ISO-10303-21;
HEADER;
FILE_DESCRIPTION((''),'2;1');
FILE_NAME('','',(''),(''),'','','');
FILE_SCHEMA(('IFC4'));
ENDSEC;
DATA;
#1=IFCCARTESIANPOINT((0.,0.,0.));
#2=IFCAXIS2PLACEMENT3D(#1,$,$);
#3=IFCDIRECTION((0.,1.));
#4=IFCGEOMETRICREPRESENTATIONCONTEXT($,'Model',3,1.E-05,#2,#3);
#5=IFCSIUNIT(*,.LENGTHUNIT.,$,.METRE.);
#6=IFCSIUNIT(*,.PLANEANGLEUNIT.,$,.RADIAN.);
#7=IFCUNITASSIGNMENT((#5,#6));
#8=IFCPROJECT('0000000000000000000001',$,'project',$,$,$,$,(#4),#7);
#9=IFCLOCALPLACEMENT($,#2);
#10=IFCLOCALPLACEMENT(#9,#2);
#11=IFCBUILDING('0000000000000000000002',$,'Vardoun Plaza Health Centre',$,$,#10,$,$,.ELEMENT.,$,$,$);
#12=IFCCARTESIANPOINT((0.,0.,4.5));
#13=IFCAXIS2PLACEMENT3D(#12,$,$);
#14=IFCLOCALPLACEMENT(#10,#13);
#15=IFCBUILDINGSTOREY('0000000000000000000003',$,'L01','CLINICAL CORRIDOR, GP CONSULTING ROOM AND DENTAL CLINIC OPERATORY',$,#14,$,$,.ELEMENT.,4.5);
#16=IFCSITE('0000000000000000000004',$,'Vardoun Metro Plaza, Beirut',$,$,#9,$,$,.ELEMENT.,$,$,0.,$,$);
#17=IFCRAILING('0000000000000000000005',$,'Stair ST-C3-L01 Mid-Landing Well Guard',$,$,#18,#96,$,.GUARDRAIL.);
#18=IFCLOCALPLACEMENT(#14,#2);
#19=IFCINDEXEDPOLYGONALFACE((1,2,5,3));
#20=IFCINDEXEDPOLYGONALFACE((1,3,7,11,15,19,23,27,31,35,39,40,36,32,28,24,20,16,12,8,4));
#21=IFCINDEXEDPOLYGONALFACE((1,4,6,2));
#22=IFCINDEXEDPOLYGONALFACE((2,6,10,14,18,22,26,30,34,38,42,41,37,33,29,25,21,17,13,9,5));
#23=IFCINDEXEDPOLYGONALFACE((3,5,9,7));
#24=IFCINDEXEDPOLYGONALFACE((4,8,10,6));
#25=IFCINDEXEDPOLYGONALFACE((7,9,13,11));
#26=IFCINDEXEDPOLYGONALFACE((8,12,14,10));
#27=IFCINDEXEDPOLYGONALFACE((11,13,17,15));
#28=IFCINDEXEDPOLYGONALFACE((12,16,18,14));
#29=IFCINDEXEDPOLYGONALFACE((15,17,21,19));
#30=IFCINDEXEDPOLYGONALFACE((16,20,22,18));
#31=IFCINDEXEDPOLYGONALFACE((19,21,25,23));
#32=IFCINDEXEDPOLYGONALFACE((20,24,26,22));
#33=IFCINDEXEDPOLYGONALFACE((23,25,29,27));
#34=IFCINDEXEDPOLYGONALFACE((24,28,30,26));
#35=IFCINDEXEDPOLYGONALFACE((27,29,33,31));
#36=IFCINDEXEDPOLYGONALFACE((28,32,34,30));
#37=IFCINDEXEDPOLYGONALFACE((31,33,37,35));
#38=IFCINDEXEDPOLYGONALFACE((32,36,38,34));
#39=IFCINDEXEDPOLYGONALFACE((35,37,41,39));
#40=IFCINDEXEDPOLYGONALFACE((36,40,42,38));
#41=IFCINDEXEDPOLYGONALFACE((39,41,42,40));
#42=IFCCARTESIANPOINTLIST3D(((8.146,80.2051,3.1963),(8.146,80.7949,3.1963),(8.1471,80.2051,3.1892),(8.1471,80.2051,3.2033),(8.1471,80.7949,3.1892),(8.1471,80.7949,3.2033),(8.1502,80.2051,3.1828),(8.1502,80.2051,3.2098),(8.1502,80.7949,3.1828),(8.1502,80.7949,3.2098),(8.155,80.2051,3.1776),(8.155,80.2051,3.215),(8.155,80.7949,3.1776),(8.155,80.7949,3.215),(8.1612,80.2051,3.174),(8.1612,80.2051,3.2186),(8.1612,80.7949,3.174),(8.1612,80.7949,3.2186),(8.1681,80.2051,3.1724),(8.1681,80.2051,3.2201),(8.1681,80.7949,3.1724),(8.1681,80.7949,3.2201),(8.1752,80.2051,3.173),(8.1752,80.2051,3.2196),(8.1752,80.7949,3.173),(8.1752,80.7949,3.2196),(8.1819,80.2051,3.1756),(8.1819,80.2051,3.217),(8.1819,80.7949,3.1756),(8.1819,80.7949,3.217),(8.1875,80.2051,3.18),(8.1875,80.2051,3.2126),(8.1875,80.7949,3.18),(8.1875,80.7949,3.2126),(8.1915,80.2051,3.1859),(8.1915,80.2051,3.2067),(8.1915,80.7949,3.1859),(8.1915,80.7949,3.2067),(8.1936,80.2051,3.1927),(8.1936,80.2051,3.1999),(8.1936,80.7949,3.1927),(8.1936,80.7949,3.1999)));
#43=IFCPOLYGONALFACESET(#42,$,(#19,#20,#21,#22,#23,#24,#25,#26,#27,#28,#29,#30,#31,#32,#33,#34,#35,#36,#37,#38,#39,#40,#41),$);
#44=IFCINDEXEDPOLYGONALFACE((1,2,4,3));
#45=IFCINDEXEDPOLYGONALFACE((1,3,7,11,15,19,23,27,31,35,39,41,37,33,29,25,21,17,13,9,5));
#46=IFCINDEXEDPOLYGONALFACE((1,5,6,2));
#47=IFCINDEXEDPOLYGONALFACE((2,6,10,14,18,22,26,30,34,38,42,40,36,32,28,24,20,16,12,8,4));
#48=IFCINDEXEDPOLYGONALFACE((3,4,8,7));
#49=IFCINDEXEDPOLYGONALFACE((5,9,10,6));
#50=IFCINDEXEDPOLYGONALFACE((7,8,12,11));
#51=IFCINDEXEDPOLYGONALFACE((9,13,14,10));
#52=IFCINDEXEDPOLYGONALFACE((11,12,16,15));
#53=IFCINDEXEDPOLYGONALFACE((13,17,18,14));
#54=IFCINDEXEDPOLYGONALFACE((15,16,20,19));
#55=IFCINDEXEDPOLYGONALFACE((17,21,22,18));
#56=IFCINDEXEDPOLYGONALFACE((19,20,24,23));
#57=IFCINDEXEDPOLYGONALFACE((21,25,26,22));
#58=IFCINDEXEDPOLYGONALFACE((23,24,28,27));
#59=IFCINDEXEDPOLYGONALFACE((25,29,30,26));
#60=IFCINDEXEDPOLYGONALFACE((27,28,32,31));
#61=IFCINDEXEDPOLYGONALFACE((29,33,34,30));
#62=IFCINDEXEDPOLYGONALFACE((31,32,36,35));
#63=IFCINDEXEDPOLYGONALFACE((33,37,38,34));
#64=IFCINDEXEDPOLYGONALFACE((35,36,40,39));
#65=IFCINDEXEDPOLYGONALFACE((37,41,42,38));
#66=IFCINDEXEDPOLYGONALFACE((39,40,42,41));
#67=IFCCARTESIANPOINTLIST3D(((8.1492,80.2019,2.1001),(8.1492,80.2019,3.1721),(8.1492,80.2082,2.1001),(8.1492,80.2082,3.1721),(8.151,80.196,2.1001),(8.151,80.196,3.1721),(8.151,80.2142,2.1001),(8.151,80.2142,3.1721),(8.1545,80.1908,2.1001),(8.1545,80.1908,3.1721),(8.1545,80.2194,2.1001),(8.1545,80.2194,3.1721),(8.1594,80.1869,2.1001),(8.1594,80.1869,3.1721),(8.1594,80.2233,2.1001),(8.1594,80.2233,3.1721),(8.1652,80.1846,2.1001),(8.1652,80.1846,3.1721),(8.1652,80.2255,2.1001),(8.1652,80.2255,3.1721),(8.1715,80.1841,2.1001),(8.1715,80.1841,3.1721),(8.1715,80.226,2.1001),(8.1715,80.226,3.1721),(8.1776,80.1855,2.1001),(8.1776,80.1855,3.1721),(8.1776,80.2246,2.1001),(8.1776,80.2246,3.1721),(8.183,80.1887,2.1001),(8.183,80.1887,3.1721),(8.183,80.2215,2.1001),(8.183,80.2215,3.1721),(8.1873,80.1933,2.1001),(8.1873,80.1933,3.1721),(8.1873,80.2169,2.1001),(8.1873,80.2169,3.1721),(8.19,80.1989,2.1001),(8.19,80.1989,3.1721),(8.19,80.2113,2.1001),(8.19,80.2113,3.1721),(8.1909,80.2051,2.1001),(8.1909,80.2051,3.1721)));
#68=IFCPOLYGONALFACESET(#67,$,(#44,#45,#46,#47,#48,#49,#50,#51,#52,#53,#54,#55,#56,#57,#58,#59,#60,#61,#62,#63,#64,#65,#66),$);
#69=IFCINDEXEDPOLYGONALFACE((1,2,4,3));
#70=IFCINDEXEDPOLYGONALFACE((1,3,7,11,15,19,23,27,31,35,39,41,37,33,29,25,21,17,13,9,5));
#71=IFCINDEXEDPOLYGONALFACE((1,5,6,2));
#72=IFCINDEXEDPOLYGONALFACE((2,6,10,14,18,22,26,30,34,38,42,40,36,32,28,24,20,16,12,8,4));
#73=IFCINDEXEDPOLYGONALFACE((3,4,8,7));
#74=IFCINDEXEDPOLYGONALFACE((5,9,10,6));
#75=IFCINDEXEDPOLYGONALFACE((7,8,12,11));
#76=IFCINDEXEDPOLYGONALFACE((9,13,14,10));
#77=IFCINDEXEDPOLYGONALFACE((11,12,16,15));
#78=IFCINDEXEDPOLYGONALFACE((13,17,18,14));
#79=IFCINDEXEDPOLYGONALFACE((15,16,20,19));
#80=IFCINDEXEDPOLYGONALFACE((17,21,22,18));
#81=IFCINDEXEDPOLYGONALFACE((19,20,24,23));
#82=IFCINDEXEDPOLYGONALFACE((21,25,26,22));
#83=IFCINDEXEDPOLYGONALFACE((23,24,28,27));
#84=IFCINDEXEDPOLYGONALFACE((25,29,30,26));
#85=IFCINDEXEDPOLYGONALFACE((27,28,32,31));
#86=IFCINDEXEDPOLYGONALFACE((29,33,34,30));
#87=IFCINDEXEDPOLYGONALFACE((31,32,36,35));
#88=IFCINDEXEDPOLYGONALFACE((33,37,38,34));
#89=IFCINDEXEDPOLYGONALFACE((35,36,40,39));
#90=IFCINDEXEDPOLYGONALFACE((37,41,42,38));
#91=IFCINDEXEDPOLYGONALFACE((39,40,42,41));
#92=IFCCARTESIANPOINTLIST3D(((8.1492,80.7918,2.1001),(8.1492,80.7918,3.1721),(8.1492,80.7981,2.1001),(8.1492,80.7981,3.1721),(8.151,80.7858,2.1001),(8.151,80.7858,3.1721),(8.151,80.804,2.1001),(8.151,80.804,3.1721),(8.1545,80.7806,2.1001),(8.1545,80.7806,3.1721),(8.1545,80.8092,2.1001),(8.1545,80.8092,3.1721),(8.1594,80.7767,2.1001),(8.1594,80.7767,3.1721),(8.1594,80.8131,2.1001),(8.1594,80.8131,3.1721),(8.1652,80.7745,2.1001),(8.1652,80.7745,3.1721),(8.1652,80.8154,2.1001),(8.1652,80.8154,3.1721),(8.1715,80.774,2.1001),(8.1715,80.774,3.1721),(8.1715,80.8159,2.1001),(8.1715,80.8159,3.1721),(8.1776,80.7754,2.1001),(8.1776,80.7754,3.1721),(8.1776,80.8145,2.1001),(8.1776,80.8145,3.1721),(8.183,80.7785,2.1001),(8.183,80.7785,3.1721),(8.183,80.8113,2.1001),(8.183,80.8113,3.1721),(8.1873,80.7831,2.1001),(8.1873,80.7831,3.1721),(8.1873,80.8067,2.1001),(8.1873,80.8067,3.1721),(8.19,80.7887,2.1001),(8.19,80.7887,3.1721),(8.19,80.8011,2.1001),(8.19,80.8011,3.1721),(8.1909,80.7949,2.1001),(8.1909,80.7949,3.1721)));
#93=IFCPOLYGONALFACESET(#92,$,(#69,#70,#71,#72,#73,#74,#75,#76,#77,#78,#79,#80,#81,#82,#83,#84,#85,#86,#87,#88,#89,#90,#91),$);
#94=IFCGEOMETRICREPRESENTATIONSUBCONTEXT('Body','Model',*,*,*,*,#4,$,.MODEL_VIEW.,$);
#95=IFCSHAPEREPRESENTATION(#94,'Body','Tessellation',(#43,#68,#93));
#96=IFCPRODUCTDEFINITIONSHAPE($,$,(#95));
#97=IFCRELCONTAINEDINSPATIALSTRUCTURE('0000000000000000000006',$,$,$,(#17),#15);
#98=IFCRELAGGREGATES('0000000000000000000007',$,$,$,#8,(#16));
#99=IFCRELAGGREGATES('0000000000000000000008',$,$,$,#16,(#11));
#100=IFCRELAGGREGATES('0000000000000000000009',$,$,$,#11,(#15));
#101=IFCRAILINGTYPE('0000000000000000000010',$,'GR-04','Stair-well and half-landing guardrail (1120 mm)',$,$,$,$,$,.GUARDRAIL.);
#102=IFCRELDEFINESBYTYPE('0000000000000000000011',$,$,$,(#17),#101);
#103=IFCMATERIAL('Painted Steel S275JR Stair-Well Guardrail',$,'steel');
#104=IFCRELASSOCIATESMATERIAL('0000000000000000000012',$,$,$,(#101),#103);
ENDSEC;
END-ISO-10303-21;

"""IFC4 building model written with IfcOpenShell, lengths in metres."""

from ifc_helpers import new_model, si_unit, direction, frame, origin, origin_2d, place, context, subcontext, project, spatial, circle, extrude, material, type_object, element, save


model = new_model("IFC4")

# Units and contexts
model_context = context("Model", 3, precision=1e-05, world=origin(), true_north=direction((0.0, 1.0)))
body_context = subcontext(model_context, "Body", "Model", "MODEL_VIEW")
ifc_project = project(units=[si_unit("LENGTHUNIT", "METRE"), si_unit("PLANEANGLEUNIT", "RADIAN")], contexts=[model_context])

# Site, building, storey
site_placement = place(None, origin())
site = spatial("IfcSite", under=ifc_project, at=site_placement, Name="Vardoun Metro Plaza, Beirut", CompositionType="ELEMENT", RefElevation=0.0)
building_placement = place(site_placement, origin())
building = spatial("IfcBuilding", under=site, at=building_placement, Name="Vardoun Plaza Health Centre", CompositionType="ELEMENT")
storey_placement = place(building_placement, frame((0.0, 0.0, 4.5)))
storey = spatial("IfcBuildingStorey", under=building, at=storey_placement, Name="L01", Description="CLINICAL CORRIDOR, GP CONSULTING ROOM AND DENTAL CLINIC OPERATORY", CompositionType="ELEMENT", Elevation=4.5)

# Railing
ifc_material_1 = material(Name="Painted Steel S275JR Stair-Well Guardrail", Category="steel")
railing_type_1 = type_object("IfcRailingType", Name="GR-04", Description="Stair-well and half-landing guardrail (1120 mm)", PredefinedType="GUARDRAIL", material=ifc_material_1)
railing_1_placement = place(storey_placement, frame((8.1699, 80.2051, 2.1001)))
element("IfcRailing", 1, at=railing_1_placement, inside=storey, type_object=railing_type_1, Name="Stair ST-C3-L01 Mid-Landing Well Guard", PredefinedType="GUARDRAIL", context=body_context, shape_type="SweptSolid", body=[
    extrude(circle(Radius=0.0239, at=origin_2d()), frame((0.0, 0.0, 1.0962), z_axis=(0.0, 1.0, 0.0), x_axis=(-1.0, 0.0, 0.0)), (0.0, 0.0, 1.0), 0.5898),
    extrude(circle(Radius=0.021, at=origin_2d()), origin(), (0.0, 0.0, 1.0), 1.072),
    extrude(circle(Radius=0.021, at=origin_2d()), frame((0.0, 0.5898, 0.0)), (0.0, 0.0, 1.0), 1.072),
])

save(model, "model.ifc")
